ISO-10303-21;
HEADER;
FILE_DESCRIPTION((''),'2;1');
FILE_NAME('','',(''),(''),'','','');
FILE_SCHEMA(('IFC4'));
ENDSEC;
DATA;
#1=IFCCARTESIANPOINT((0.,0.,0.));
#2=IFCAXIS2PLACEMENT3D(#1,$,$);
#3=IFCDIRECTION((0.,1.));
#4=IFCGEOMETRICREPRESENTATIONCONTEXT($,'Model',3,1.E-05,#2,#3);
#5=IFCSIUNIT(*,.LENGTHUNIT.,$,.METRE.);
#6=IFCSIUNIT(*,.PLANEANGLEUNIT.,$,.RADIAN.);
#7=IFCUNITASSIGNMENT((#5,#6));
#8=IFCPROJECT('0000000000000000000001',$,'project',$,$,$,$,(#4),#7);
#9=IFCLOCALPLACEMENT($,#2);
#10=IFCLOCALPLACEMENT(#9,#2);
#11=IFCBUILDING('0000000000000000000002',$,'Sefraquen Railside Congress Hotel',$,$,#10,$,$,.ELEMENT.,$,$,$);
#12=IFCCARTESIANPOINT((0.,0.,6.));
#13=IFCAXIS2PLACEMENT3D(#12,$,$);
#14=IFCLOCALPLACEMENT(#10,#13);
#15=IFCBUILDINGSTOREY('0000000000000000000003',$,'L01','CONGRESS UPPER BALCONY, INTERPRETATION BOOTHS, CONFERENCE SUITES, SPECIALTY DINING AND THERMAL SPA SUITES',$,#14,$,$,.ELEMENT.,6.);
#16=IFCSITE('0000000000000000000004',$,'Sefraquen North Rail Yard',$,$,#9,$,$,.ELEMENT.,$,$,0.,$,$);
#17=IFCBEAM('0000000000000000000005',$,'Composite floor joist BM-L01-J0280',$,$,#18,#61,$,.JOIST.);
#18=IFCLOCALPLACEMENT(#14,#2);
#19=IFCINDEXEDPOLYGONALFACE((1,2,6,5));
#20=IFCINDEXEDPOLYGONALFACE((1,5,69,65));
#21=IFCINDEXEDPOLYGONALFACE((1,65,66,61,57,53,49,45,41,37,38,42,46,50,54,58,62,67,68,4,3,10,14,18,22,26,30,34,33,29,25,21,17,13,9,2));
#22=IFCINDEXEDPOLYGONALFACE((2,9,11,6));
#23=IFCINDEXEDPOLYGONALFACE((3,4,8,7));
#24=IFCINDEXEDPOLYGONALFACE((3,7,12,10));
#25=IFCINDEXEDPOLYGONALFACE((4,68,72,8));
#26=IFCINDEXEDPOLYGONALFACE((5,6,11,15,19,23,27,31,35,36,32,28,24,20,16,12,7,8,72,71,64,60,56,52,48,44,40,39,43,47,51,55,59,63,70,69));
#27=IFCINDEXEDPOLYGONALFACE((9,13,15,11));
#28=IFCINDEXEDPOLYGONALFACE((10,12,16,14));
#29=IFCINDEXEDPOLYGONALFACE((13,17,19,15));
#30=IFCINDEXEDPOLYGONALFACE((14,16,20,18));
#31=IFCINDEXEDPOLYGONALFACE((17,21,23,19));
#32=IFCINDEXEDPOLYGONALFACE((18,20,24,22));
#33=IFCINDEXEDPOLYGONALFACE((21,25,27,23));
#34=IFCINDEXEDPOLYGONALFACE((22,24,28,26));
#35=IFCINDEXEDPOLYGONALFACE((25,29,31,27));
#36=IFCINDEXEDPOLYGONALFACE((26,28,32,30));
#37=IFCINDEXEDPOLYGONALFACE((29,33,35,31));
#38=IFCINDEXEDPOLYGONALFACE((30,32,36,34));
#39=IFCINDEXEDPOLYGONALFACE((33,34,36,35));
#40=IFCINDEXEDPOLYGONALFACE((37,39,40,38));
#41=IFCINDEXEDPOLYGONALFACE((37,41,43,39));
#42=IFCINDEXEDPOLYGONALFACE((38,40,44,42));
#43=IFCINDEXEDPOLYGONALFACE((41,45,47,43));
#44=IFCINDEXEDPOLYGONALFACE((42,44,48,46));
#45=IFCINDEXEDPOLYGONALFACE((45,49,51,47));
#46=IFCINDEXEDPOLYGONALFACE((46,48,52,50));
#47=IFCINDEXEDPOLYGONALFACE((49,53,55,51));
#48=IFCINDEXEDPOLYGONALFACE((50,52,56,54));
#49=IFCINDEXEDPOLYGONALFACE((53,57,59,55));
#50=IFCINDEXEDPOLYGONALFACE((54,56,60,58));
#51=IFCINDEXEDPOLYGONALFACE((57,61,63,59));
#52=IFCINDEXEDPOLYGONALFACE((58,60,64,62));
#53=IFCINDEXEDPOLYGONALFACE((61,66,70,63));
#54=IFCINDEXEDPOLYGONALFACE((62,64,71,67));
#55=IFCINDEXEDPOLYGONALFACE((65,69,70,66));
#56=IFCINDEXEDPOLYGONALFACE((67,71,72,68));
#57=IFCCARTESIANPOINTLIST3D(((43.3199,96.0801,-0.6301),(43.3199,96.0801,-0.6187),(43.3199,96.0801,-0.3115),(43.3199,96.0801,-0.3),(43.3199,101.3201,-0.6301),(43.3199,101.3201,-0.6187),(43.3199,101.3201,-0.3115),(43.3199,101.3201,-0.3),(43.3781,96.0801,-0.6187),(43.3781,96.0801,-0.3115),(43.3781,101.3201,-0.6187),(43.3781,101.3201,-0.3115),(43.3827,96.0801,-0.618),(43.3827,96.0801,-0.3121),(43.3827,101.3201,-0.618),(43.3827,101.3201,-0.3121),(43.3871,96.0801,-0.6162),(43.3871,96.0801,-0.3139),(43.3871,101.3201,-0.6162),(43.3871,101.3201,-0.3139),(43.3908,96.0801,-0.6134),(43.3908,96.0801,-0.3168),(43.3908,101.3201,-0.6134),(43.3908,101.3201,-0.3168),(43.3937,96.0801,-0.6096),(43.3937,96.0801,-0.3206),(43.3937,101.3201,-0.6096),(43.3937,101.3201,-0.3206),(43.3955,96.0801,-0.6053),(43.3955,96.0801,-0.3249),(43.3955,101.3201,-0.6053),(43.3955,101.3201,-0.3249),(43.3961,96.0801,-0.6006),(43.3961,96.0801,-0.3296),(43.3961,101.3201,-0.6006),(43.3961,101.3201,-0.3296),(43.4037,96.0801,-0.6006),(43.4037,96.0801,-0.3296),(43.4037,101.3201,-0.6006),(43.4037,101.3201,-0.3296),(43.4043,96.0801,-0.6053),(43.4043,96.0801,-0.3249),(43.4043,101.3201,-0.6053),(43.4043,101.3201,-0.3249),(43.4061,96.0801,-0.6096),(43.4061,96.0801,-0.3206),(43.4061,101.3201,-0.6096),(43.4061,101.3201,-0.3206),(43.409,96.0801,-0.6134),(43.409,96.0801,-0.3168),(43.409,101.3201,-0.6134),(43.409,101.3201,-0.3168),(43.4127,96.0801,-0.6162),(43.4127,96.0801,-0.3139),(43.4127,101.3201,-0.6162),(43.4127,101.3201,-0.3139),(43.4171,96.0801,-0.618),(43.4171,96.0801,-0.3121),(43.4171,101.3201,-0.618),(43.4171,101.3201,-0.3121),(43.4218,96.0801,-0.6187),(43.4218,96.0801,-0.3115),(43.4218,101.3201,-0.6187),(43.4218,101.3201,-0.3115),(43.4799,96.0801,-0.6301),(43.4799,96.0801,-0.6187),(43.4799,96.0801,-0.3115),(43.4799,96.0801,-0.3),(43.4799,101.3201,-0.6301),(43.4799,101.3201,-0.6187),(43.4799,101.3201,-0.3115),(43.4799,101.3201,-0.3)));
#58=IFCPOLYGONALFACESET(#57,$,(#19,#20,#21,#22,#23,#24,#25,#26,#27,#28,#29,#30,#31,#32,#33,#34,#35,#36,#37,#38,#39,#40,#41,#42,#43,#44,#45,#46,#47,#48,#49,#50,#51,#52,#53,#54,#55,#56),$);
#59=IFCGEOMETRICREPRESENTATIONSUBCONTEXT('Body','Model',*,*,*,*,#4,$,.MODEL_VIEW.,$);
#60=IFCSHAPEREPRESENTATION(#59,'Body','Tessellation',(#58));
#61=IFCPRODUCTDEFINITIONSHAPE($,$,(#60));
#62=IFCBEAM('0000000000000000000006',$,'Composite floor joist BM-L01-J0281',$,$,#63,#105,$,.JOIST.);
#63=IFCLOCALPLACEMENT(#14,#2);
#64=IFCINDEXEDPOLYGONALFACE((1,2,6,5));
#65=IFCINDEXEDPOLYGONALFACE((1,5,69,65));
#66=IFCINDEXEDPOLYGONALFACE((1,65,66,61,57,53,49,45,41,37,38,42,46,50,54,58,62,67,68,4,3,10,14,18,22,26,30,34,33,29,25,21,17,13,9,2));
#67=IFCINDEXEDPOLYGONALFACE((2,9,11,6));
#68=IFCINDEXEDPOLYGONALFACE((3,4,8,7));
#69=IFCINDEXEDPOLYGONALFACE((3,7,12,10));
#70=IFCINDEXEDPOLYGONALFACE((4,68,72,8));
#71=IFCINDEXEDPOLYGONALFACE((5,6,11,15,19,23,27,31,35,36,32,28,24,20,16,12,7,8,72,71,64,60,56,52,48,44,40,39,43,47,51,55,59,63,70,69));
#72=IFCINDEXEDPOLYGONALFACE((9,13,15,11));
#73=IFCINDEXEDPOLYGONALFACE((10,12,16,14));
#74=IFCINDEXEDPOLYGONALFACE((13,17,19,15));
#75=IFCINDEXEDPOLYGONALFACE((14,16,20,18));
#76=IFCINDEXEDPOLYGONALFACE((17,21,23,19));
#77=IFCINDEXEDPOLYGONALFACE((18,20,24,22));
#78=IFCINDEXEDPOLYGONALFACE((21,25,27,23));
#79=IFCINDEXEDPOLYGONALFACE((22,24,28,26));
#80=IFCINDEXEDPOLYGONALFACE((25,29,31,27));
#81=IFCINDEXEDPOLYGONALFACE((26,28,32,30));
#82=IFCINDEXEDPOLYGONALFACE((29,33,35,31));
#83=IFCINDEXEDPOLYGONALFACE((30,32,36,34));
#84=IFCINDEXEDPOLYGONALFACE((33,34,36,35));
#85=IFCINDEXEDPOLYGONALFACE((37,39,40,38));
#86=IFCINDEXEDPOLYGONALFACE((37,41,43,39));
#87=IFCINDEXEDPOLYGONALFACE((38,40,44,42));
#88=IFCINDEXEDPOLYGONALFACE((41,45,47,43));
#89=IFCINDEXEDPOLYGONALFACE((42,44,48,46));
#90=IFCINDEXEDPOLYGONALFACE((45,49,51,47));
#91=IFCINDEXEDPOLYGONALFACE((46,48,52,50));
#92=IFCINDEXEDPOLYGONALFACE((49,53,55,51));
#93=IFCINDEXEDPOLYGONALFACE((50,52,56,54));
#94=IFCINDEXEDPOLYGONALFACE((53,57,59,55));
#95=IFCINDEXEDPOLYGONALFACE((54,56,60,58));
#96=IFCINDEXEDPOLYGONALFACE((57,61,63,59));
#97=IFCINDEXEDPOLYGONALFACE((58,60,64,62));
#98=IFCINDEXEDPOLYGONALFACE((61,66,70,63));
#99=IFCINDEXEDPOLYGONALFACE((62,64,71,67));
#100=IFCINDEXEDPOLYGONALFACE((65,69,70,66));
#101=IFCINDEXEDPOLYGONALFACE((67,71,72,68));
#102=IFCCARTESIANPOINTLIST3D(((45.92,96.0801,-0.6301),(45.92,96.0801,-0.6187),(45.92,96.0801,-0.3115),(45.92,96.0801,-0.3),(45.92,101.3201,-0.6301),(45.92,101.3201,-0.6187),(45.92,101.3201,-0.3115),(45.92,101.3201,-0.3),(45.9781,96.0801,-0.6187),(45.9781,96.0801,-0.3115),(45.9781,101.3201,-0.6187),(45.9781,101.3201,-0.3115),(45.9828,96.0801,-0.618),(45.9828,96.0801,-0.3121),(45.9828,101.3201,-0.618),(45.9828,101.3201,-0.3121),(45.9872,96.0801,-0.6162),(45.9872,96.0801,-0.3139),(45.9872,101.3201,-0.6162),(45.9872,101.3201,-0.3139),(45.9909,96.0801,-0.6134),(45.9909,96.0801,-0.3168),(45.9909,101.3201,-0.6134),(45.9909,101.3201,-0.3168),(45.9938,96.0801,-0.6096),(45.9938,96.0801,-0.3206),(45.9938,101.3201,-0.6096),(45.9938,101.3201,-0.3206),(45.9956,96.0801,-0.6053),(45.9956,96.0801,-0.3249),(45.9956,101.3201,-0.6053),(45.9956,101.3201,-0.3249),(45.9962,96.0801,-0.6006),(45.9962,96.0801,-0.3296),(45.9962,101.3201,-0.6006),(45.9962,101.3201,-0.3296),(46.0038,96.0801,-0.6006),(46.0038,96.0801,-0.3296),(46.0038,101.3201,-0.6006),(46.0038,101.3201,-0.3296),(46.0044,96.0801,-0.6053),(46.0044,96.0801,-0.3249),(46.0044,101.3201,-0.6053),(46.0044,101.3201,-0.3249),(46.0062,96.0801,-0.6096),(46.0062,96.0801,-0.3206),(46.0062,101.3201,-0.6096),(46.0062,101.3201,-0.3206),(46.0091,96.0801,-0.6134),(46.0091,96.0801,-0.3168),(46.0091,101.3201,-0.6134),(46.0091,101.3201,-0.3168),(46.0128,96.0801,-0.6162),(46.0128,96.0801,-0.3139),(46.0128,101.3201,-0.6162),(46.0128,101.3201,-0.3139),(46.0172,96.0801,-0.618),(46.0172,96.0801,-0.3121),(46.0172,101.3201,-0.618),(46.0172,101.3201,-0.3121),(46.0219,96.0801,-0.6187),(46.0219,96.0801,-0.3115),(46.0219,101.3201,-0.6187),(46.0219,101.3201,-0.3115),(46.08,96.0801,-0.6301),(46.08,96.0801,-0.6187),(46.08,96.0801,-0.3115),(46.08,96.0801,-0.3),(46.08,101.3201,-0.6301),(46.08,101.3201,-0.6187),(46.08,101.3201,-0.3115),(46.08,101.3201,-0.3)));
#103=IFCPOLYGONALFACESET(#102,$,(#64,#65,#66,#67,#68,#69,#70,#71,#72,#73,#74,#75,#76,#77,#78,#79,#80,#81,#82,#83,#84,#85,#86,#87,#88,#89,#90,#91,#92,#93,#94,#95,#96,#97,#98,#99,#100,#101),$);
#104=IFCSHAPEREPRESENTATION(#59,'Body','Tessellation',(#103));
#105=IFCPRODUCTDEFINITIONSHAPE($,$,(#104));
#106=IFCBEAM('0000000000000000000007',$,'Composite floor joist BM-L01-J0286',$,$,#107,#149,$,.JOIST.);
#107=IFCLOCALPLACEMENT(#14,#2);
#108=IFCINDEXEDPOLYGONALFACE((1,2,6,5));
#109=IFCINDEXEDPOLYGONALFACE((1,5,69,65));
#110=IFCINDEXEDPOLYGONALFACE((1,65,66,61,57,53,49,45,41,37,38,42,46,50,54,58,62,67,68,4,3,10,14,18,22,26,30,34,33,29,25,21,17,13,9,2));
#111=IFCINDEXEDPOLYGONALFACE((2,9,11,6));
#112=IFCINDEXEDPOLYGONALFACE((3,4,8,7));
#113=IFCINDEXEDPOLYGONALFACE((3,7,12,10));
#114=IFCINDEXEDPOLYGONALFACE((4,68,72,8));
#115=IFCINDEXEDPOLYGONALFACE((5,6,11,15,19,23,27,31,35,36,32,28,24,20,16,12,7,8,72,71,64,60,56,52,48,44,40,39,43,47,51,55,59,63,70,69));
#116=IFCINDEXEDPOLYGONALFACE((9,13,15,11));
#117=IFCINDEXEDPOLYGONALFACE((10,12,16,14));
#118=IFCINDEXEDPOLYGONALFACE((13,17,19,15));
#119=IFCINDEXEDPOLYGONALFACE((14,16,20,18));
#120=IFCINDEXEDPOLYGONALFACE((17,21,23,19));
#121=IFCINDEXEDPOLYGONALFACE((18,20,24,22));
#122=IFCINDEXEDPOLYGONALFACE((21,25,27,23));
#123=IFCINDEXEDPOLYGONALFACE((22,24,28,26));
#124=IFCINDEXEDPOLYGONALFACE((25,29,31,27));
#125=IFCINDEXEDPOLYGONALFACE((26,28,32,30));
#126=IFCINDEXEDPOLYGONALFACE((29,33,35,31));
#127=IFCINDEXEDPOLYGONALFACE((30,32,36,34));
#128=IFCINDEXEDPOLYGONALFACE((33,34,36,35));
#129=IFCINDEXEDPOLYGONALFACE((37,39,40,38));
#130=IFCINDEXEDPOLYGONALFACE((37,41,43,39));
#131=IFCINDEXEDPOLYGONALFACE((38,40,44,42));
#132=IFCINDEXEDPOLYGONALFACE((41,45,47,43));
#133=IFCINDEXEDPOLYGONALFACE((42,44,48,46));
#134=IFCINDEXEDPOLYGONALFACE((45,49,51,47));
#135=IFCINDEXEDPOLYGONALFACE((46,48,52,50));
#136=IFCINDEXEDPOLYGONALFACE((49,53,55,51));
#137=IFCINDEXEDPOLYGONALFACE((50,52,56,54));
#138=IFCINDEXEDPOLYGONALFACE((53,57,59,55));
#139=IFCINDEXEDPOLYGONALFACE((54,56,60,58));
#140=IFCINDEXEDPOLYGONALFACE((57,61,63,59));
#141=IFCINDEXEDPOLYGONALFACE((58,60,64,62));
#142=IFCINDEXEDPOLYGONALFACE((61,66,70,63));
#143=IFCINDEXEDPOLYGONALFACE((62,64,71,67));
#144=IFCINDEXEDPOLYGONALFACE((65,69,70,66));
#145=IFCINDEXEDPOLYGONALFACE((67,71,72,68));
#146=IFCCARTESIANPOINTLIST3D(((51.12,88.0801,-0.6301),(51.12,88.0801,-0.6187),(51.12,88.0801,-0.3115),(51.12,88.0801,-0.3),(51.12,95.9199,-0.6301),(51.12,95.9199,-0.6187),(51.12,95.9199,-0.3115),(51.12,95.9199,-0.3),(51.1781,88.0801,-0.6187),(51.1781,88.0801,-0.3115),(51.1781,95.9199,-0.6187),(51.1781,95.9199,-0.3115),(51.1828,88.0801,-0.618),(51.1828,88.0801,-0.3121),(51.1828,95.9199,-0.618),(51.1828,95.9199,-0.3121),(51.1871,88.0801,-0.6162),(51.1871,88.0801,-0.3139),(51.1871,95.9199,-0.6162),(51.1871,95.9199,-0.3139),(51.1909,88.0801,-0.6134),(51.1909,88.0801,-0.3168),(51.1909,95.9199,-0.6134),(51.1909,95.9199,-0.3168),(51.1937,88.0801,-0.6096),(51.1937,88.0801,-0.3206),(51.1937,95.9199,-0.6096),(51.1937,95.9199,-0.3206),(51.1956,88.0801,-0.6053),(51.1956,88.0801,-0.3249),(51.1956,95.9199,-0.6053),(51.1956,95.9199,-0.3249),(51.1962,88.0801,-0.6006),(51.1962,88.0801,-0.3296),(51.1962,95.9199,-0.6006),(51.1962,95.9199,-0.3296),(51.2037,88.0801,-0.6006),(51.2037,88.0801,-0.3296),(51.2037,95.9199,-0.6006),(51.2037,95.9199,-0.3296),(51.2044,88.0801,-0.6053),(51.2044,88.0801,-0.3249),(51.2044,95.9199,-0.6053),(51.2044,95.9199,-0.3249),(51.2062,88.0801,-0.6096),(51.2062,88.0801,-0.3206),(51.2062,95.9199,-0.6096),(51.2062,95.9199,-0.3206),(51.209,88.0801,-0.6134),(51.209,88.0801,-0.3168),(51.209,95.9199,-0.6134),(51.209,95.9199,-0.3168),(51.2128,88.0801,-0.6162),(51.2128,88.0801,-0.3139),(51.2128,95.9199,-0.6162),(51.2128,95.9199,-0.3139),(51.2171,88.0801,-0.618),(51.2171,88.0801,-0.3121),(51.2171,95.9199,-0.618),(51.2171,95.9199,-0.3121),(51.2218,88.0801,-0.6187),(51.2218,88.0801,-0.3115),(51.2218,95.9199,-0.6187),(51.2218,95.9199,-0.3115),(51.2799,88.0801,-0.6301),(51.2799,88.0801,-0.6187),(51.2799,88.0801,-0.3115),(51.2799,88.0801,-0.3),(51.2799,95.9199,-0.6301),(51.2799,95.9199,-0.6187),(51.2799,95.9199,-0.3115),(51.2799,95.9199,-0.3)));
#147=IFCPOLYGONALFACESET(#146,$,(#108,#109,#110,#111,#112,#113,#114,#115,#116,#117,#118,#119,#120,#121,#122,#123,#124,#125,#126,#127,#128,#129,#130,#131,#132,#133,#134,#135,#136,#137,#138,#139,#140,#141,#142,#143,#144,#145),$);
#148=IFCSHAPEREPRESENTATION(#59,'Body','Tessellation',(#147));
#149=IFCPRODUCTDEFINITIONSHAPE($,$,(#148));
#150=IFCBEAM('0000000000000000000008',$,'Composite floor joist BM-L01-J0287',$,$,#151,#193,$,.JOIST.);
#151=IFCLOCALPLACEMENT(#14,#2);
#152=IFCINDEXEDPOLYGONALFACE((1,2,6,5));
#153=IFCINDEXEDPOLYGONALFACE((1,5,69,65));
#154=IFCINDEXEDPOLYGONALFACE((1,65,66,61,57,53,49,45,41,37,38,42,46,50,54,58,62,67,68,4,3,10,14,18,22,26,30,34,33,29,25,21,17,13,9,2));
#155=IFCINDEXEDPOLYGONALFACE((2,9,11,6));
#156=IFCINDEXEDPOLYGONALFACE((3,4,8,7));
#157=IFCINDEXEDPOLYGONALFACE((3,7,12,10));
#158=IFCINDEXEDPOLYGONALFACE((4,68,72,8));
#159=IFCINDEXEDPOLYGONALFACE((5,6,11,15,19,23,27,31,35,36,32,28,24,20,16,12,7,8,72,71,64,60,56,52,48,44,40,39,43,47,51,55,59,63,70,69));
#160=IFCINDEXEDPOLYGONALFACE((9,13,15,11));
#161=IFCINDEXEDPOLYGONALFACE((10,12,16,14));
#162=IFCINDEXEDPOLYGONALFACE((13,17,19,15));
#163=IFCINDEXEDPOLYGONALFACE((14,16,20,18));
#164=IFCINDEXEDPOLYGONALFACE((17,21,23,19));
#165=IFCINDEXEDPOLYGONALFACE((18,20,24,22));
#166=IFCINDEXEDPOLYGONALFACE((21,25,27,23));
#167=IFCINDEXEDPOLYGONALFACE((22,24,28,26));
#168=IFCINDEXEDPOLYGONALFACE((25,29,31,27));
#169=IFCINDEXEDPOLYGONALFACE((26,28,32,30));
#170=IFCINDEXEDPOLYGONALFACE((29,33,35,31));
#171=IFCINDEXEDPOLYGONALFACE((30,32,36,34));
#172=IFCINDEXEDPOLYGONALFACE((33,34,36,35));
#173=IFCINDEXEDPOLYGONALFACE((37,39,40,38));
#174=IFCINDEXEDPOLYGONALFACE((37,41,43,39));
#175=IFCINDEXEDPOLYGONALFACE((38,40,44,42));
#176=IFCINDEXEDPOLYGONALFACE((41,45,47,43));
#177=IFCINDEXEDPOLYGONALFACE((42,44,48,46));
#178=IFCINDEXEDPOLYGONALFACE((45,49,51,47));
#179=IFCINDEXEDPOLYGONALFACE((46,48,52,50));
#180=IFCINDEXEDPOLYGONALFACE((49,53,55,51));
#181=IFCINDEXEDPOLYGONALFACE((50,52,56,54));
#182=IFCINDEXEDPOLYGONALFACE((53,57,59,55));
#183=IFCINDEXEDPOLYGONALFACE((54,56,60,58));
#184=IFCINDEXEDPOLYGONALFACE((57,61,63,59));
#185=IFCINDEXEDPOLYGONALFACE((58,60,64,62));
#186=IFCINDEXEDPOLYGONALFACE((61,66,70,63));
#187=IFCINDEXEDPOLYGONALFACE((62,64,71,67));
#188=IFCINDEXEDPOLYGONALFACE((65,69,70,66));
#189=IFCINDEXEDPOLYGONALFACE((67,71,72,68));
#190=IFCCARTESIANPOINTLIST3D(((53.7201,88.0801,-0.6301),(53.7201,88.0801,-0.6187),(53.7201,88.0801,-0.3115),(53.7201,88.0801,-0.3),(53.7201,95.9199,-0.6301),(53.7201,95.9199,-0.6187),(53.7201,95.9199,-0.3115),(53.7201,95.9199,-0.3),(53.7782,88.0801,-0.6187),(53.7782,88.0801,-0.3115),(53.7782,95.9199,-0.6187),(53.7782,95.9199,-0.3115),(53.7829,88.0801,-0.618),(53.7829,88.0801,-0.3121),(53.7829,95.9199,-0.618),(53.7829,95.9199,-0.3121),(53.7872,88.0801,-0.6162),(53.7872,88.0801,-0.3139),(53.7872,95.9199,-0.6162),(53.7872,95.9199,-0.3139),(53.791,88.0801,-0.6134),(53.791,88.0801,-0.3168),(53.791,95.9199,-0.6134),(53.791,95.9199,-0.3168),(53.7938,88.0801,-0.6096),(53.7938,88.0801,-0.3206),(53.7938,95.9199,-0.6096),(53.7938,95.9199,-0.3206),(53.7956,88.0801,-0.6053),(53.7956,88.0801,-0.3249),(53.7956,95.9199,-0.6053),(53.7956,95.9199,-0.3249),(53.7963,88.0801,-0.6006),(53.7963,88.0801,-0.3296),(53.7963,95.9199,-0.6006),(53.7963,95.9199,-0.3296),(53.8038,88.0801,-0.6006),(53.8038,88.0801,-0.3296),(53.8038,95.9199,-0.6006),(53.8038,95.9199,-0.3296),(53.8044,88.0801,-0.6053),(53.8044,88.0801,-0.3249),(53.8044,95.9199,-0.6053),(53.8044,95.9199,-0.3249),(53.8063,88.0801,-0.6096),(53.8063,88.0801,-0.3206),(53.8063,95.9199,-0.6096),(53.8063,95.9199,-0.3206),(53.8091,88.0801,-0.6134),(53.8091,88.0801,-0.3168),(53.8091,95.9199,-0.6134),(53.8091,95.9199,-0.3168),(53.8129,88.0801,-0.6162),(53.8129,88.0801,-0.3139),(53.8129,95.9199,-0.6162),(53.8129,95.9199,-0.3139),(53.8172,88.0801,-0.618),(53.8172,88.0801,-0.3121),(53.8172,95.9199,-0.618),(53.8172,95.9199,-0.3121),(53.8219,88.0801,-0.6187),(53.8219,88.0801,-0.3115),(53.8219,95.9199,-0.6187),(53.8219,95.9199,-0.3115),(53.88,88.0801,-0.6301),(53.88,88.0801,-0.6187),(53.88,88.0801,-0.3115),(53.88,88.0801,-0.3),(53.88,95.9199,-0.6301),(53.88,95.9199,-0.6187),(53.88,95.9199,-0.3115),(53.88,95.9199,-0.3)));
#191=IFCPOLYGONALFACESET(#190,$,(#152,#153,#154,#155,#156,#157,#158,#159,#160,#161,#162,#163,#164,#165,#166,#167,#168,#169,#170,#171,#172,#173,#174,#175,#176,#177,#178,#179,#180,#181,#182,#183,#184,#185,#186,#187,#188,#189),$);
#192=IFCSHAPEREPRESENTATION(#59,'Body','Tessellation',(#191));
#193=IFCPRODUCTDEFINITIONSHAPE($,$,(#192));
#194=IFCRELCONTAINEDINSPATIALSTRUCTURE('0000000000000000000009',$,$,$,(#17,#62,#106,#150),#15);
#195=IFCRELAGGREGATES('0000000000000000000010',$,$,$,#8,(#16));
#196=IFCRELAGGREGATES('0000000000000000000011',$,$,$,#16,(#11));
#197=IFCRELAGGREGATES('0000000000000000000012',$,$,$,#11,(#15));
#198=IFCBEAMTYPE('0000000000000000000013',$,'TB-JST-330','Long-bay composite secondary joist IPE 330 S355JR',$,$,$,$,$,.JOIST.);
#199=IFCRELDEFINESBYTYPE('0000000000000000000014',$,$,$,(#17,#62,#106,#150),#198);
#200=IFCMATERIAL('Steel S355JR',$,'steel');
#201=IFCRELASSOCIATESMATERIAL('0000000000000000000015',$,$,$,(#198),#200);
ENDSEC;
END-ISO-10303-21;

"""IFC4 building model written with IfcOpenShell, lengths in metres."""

from ifc_helpers import new_model, si_unit, direction, frame, origin, origin_2d, place, context, subcontext, project, spatial, i_section, extrude, material, material_profile, profile_set, type_object, element, save


model = new_model("IFC4")

# Units and contexts
model_context = context("Model", 3, precision=1e-05, world=origin(), true_north=direction((0.0, 1.0)))
body_context = subcontext(model_context, "Body", "Model", "MODEL_VIEW")
ifc_project = project(units=[si_unit("LENGTHUNIT", "METRE"), si_unit("PLANEANGLEUNIT", "RADIAN")], contexts=[model_context])

# Site, building, storey
site_placement = place(None, origin())
site = spatial("IfcSite", under=ifc_project, at=site_placement, Name="Sefraquen North Rail Yard", CompositionType="ELEMENT", RefElevation=0.0)
building_placement = place(site_placement, origin())
building = spatial("IfcBuilding", under=site, at=building_placement, Name="Sefraquen Railside Congress Hotel", CompositionType="ELEMENT")
storey_placement = place(building_placement, frame((0.0, 0.0, 6.0)))
storey = spatial("IfcBuildingStorey", under=building, at=storey_placement, Name="L01", Description="CONGRESS UPPER BALCONY, INTERPRETATION BOOTHS, CONFERENCE SUITES, SPECIALTY DINING AND THERMAL SPA SUITES", CompositionType="ELEMENT", Elevation=6.0)

# Beams
ifc_material_1 = material(Name="Steel S355JR", Category="steel")
ifc_material_profile_1 = material_profile(ifc_material_1, i_section(OverallWidth=0.1599, OverallDepth=0.3301, WebThickness=0.0076, FlangeThickness=0.0115, FilletRadius=0.0181, at=origin_2d()), Name="IPE 330")
ifc_profile_set_1 = profile_set([ifc_material_profile_1], Name="Steel S355JR")
beam_type_1 = type_object("IfcBeamType", Name="TB-JST-330", Description="Long-bay composite secondary joist IPE 330 S355JR", PredefinedType="JOIST", material=ifc_profile_set_1)
for number, where, z_axis, x_axis, name in (
    (1, (43.3999, 96.0801, -0.4651), (0.0, 1.0, 0.0), (-1.0, 0.0, 0.0), "Composite floor joist BM-L01-J0280"),
    (2, (46.0, 96.0801, -0.4651), (0.0, 1.0, 0.0), (-1.0, 0.0, 0.0), "Composite floor joist BM-L01-J0281"),
):
    element("IfcBeam", number, at=place(storey_placement, frame(where, z_axis=z_axis, x_axis=x_axis)), inside=storey, type_object=beam_type_1, Name=name, PredefinedType="JOIST", context=body_context, shape_type="SweptSolid", body=[
        extrude(i_section(OverallWidth=0.1599, OverallDepth=0.3301, WebThickness=0.0076, FlangeThickness=0.0115, FilletRadius=0.0181, at=origin_2d()), origin(), (0.0, 0.0, 1.0), 5.24),
    ])
for number, where, z_axis, x_axis, name in (
    (3, (51.2, 88.0801, -0.4651), (0.0, 1.0, 0.0), (-1.0, 0.0, 0.0), "Composite floor joist BM-L01-J0286"),
    (4, (53.8, 88.0801, -0.4651), (0.0, 1.0, 0.0), (-1.0, 0.0, 0.0), "Composite floor joist BM-L01-J0287"),
):
    element("IfcBeam", number, at=place(storey_placement, frame(where, z_axis=z_axis, x_axis=x_axis)), inside=storey, type_object=beam_type_1, Name=name, PredefinedType="JOIST", context=body_context, shape_type="SweptSolid", body=[
        extrude(i_section(OverallWidth=0.1599, OverallDepth=0.3301, WebThickness=0.0076, FlangeThickness=0.0115, FilletRadius=0.0181, at=origin_2d()), origin(), (0.0, 0.0, 1.0), 7.8398),
    ])

save(model, "model.ifc")
